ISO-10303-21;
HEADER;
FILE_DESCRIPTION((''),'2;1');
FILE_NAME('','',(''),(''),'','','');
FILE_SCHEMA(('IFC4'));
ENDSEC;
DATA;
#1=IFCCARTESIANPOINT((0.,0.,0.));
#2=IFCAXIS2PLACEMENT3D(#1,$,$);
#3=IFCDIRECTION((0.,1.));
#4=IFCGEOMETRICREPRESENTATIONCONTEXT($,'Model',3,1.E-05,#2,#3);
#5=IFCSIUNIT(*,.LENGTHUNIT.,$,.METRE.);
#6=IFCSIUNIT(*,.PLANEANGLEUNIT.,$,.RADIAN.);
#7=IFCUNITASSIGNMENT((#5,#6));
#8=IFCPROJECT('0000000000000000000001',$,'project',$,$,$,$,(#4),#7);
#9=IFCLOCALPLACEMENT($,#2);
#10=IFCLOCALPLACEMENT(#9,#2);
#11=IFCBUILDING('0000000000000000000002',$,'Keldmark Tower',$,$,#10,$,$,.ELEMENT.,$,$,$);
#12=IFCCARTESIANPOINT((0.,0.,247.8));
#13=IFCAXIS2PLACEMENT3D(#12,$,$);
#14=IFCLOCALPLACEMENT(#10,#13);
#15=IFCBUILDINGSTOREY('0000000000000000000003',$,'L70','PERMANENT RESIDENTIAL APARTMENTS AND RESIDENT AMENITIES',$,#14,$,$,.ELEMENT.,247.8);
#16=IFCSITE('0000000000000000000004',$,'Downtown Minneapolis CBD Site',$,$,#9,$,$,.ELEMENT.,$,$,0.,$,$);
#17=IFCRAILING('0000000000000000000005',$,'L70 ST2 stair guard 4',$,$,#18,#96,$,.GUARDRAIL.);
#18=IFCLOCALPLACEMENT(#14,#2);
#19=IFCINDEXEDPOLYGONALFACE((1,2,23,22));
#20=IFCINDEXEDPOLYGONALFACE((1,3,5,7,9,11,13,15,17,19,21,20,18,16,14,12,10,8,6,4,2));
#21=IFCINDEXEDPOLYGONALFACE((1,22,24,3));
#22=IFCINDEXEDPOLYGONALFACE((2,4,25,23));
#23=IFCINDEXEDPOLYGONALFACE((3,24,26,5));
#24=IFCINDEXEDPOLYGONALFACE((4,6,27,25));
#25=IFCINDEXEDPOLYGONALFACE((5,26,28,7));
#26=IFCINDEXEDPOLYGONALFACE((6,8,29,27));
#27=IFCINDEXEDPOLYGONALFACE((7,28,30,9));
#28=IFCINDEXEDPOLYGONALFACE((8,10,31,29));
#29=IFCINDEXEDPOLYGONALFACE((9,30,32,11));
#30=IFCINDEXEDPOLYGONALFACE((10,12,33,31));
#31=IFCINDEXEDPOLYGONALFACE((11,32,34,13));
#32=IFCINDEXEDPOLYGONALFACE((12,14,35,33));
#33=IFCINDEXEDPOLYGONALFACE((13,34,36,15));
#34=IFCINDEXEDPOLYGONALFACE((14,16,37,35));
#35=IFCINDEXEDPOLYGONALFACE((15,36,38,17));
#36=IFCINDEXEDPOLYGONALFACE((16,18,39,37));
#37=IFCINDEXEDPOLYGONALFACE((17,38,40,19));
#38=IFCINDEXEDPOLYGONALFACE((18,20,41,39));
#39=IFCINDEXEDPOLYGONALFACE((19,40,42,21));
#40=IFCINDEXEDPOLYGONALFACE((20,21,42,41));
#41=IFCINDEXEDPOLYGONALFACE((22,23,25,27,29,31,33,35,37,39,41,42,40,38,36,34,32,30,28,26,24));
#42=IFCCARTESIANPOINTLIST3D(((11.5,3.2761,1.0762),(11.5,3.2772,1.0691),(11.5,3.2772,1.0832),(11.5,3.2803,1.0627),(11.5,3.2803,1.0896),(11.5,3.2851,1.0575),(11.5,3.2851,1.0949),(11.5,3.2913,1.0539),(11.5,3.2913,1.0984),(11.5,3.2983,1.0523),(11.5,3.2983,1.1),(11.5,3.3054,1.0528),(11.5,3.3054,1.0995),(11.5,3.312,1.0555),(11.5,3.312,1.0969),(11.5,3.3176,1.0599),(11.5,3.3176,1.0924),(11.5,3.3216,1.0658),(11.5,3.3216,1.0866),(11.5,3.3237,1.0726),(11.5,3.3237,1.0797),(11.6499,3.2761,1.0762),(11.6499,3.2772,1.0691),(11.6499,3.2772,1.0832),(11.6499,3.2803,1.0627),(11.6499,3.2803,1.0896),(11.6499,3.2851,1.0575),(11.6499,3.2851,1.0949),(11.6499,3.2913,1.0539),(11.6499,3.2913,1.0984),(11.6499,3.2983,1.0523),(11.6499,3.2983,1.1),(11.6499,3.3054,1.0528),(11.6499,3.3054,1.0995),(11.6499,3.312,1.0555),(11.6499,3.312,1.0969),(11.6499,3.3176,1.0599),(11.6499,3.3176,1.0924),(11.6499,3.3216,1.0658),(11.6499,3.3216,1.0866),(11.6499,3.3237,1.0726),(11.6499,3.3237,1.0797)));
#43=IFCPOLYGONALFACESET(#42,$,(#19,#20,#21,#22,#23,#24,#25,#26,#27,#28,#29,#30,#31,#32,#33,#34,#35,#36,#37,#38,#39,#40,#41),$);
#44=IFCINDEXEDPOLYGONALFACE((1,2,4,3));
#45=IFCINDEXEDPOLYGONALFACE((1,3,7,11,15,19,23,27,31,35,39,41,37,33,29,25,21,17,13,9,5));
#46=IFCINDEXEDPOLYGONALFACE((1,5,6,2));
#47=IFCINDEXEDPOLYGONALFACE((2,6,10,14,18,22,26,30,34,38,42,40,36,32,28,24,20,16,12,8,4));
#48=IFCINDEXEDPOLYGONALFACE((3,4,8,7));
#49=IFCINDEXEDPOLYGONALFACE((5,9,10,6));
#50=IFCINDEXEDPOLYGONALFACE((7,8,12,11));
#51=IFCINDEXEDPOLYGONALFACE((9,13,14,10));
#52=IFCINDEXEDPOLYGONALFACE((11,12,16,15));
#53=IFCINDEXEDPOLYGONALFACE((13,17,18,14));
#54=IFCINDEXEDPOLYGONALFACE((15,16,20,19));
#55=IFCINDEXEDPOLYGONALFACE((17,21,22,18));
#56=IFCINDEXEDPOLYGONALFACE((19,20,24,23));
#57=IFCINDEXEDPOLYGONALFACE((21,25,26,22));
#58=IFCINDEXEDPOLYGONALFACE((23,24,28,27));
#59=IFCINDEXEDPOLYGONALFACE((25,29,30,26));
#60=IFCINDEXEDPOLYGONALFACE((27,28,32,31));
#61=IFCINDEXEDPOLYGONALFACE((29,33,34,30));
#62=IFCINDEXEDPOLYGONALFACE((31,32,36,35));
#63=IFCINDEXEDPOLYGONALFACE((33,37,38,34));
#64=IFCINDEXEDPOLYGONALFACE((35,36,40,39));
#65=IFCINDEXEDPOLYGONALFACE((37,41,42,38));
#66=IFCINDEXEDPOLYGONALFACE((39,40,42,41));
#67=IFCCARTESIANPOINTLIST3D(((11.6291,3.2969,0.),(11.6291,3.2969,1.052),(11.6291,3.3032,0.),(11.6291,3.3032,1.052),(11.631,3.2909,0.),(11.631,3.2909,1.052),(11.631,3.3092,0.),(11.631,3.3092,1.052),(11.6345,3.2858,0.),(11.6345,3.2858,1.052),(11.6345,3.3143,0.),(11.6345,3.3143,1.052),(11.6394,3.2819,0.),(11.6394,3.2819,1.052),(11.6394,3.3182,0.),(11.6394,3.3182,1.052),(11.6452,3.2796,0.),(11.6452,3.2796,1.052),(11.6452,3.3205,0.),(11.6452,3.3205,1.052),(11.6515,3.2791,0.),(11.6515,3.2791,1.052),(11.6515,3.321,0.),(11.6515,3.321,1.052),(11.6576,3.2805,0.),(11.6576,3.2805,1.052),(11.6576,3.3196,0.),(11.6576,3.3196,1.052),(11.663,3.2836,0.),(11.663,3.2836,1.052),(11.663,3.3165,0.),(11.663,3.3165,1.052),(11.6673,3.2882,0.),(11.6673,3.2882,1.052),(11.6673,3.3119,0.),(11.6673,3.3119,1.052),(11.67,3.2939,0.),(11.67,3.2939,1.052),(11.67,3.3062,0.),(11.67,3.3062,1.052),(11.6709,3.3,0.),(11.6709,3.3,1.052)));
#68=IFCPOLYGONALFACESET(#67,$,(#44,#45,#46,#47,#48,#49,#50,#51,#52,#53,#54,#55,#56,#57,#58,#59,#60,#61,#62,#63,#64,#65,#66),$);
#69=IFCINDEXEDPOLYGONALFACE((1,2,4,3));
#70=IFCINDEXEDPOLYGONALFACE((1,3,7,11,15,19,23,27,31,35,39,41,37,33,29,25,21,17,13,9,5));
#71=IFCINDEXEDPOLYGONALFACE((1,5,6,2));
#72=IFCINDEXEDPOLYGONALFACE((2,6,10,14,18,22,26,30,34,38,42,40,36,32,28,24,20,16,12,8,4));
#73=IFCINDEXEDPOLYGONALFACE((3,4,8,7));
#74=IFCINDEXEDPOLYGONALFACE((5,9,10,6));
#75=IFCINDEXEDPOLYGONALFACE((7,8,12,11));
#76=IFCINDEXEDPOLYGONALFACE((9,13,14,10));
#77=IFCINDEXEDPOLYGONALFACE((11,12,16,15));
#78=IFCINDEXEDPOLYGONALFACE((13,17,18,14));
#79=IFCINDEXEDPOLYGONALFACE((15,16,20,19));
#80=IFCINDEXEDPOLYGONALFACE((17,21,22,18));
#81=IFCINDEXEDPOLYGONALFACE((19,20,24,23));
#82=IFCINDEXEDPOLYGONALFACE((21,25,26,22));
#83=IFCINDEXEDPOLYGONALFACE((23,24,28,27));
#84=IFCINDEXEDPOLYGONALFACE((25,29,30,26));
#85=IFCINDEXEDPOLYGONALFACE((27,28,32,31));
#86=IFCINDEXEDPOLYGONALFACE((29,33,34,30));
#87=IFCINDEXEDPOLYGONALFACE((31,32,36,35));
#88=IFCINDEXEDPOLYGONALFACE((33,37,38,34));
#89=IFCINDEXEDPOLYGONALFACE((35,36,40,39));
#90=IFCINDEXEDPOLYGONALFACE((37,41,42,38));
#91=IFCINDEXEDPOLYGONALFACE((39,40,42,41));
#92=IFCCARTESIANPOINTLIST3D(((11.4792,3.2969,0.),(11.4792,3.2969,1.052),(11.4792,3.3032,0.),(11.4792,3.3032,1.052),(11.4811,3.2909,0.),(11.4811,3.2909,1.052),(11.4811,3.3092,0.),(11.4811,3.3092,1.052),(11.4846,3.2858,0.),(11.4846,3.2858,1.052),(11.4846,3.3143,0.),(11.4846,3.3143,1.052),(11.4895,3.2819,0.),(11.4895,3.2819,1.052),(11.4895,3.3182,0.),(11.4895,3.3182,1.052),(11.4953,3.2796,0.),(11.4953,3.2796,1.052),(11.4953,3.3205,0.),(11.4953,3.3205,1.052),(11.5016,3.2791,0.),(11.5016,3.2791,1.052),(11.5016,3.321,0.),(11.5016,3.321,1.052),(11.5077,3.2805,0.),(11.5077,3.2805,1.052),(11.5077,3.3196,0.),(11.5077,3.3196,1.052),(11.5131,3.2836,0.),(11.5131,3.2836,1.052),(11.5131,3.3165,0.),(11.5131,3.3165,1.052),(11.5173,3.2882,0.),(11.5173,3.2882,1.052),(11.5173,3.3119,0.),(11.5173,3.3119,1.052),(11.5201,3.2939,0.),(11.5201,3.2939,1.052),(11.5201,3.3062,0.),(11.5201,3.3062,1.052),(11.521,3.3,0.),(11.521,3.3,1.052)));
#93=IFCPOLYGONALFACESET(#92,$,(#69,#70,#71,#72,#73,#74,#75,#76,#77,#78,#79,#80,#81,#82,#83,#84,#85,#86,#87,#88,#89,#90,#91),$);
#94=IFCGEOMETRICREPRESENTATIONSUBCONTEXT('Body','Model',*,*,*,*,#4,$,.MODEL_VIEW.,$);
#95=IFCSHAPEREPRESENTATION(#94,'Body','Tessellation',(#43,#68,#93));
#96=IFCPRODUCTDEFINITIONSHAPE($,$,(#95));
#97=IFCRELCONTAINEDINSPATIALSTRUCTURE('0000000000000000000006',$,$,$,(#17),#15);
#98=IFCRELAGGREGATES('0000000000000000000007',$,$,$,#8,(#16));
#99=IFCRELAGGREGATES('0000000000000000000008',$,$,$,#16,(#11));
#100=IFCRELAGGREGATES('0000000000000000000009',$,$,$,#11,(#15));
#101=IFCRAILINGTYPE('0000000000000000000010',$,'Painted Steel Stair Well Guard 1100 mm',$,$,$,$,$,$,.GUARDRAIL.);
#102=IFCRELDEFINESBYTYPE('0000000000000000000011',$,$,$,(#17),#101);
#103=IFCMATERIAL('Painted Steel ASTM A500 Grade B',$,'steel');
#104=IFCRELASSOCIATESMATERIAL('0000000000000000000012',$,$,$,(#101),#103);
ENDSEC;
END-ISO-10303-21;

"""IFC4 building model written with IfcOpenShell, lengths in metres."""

from ifc_helpers import new_model, si_unit, direction, frame, origin, origin_2d, place, context, subcontext, project, spatial, circle, extrude, material, type_object, element, save


model = new_model("IFC4")

# Units and contexts
model_context = context("Model", 3, precision=1e-05, world=origin(), true_north=direction((0.0, 1.0)))
body_context = subcontext(model_context, "Body", "Model", "MODEL_VIEW")
ifc_project = project(units=[si_unit("LENGTHUNIT", "METRE"), si_unit("PLANEANGLEUNIT", "RADIAN")], contexts=[model_context])

# Site, building, storey
site_placement = place(None, origin())
site = spatial("IfcSite", under=ifc_project, at=site_placement, Name="Downtown Minneapolis CBD Site", CompositionType="ELEMENT", RefElevation=0.0)
building_placement = place(site_placement, origin())
building = spatial("IfcBuilding", under=site, at=building_placement, Name="Keldmark Tower", CompositionType="ELEMENT")
storey_placement = place(building_placement, frame((0.0, 0.0, 247.8)))
storey = spatial("IfcBuildingStorey", under=building, at=storey_placement, Name="L70", Description="PERMANENT RESIDENTIAL APARTMENTS AND RESIDENT AMENITIES", CompositionType="ELEMENT", Elevation=247.8)

# Railing
ifc_material_1 = material(Name="Painted Steel ASTM A500 Grade B", Category="steel")
railing_type_1 = type_object("IfcRailingType", Name="Painted Steel Stair Well Guard 1100 mm", PredefinedType="GUARDRAIL", material=ifc_material_1)
railing_1_placement = place(storey_placement, frame((11.6499, 3.3, 0.0)))
element("IfcRailing", 1, at=railing_1_placement, inside=storey, type_object=railing_type_1, Name="L70 ST2 stair guard 4", PredefinedType="GUARDRAIL", context=body_context, shape_type="SweptSolid", body=[
    extrude(circle(Radius=0.0239, at=origin_2d()), frame((0.0, 0.0, 1.0762), z_axis=(-1.0, 0.0, 0.0), x_axis=(0.0, -1.0, 0.0)), (0.0, 0.0, 1.0), 0.1499),
    extrude(circle(Radius=0.021, at=origin_2d()), origin(), (0.0, 0.0, 1.0), 1.052),
    extrude(circle(Radius=0.021, at=origin_2d()), frame((-0.1499, 0.0, 0.0)), (0.0, 0.0, 1.0), 1.052),
])

save(model, "model.ifc")
